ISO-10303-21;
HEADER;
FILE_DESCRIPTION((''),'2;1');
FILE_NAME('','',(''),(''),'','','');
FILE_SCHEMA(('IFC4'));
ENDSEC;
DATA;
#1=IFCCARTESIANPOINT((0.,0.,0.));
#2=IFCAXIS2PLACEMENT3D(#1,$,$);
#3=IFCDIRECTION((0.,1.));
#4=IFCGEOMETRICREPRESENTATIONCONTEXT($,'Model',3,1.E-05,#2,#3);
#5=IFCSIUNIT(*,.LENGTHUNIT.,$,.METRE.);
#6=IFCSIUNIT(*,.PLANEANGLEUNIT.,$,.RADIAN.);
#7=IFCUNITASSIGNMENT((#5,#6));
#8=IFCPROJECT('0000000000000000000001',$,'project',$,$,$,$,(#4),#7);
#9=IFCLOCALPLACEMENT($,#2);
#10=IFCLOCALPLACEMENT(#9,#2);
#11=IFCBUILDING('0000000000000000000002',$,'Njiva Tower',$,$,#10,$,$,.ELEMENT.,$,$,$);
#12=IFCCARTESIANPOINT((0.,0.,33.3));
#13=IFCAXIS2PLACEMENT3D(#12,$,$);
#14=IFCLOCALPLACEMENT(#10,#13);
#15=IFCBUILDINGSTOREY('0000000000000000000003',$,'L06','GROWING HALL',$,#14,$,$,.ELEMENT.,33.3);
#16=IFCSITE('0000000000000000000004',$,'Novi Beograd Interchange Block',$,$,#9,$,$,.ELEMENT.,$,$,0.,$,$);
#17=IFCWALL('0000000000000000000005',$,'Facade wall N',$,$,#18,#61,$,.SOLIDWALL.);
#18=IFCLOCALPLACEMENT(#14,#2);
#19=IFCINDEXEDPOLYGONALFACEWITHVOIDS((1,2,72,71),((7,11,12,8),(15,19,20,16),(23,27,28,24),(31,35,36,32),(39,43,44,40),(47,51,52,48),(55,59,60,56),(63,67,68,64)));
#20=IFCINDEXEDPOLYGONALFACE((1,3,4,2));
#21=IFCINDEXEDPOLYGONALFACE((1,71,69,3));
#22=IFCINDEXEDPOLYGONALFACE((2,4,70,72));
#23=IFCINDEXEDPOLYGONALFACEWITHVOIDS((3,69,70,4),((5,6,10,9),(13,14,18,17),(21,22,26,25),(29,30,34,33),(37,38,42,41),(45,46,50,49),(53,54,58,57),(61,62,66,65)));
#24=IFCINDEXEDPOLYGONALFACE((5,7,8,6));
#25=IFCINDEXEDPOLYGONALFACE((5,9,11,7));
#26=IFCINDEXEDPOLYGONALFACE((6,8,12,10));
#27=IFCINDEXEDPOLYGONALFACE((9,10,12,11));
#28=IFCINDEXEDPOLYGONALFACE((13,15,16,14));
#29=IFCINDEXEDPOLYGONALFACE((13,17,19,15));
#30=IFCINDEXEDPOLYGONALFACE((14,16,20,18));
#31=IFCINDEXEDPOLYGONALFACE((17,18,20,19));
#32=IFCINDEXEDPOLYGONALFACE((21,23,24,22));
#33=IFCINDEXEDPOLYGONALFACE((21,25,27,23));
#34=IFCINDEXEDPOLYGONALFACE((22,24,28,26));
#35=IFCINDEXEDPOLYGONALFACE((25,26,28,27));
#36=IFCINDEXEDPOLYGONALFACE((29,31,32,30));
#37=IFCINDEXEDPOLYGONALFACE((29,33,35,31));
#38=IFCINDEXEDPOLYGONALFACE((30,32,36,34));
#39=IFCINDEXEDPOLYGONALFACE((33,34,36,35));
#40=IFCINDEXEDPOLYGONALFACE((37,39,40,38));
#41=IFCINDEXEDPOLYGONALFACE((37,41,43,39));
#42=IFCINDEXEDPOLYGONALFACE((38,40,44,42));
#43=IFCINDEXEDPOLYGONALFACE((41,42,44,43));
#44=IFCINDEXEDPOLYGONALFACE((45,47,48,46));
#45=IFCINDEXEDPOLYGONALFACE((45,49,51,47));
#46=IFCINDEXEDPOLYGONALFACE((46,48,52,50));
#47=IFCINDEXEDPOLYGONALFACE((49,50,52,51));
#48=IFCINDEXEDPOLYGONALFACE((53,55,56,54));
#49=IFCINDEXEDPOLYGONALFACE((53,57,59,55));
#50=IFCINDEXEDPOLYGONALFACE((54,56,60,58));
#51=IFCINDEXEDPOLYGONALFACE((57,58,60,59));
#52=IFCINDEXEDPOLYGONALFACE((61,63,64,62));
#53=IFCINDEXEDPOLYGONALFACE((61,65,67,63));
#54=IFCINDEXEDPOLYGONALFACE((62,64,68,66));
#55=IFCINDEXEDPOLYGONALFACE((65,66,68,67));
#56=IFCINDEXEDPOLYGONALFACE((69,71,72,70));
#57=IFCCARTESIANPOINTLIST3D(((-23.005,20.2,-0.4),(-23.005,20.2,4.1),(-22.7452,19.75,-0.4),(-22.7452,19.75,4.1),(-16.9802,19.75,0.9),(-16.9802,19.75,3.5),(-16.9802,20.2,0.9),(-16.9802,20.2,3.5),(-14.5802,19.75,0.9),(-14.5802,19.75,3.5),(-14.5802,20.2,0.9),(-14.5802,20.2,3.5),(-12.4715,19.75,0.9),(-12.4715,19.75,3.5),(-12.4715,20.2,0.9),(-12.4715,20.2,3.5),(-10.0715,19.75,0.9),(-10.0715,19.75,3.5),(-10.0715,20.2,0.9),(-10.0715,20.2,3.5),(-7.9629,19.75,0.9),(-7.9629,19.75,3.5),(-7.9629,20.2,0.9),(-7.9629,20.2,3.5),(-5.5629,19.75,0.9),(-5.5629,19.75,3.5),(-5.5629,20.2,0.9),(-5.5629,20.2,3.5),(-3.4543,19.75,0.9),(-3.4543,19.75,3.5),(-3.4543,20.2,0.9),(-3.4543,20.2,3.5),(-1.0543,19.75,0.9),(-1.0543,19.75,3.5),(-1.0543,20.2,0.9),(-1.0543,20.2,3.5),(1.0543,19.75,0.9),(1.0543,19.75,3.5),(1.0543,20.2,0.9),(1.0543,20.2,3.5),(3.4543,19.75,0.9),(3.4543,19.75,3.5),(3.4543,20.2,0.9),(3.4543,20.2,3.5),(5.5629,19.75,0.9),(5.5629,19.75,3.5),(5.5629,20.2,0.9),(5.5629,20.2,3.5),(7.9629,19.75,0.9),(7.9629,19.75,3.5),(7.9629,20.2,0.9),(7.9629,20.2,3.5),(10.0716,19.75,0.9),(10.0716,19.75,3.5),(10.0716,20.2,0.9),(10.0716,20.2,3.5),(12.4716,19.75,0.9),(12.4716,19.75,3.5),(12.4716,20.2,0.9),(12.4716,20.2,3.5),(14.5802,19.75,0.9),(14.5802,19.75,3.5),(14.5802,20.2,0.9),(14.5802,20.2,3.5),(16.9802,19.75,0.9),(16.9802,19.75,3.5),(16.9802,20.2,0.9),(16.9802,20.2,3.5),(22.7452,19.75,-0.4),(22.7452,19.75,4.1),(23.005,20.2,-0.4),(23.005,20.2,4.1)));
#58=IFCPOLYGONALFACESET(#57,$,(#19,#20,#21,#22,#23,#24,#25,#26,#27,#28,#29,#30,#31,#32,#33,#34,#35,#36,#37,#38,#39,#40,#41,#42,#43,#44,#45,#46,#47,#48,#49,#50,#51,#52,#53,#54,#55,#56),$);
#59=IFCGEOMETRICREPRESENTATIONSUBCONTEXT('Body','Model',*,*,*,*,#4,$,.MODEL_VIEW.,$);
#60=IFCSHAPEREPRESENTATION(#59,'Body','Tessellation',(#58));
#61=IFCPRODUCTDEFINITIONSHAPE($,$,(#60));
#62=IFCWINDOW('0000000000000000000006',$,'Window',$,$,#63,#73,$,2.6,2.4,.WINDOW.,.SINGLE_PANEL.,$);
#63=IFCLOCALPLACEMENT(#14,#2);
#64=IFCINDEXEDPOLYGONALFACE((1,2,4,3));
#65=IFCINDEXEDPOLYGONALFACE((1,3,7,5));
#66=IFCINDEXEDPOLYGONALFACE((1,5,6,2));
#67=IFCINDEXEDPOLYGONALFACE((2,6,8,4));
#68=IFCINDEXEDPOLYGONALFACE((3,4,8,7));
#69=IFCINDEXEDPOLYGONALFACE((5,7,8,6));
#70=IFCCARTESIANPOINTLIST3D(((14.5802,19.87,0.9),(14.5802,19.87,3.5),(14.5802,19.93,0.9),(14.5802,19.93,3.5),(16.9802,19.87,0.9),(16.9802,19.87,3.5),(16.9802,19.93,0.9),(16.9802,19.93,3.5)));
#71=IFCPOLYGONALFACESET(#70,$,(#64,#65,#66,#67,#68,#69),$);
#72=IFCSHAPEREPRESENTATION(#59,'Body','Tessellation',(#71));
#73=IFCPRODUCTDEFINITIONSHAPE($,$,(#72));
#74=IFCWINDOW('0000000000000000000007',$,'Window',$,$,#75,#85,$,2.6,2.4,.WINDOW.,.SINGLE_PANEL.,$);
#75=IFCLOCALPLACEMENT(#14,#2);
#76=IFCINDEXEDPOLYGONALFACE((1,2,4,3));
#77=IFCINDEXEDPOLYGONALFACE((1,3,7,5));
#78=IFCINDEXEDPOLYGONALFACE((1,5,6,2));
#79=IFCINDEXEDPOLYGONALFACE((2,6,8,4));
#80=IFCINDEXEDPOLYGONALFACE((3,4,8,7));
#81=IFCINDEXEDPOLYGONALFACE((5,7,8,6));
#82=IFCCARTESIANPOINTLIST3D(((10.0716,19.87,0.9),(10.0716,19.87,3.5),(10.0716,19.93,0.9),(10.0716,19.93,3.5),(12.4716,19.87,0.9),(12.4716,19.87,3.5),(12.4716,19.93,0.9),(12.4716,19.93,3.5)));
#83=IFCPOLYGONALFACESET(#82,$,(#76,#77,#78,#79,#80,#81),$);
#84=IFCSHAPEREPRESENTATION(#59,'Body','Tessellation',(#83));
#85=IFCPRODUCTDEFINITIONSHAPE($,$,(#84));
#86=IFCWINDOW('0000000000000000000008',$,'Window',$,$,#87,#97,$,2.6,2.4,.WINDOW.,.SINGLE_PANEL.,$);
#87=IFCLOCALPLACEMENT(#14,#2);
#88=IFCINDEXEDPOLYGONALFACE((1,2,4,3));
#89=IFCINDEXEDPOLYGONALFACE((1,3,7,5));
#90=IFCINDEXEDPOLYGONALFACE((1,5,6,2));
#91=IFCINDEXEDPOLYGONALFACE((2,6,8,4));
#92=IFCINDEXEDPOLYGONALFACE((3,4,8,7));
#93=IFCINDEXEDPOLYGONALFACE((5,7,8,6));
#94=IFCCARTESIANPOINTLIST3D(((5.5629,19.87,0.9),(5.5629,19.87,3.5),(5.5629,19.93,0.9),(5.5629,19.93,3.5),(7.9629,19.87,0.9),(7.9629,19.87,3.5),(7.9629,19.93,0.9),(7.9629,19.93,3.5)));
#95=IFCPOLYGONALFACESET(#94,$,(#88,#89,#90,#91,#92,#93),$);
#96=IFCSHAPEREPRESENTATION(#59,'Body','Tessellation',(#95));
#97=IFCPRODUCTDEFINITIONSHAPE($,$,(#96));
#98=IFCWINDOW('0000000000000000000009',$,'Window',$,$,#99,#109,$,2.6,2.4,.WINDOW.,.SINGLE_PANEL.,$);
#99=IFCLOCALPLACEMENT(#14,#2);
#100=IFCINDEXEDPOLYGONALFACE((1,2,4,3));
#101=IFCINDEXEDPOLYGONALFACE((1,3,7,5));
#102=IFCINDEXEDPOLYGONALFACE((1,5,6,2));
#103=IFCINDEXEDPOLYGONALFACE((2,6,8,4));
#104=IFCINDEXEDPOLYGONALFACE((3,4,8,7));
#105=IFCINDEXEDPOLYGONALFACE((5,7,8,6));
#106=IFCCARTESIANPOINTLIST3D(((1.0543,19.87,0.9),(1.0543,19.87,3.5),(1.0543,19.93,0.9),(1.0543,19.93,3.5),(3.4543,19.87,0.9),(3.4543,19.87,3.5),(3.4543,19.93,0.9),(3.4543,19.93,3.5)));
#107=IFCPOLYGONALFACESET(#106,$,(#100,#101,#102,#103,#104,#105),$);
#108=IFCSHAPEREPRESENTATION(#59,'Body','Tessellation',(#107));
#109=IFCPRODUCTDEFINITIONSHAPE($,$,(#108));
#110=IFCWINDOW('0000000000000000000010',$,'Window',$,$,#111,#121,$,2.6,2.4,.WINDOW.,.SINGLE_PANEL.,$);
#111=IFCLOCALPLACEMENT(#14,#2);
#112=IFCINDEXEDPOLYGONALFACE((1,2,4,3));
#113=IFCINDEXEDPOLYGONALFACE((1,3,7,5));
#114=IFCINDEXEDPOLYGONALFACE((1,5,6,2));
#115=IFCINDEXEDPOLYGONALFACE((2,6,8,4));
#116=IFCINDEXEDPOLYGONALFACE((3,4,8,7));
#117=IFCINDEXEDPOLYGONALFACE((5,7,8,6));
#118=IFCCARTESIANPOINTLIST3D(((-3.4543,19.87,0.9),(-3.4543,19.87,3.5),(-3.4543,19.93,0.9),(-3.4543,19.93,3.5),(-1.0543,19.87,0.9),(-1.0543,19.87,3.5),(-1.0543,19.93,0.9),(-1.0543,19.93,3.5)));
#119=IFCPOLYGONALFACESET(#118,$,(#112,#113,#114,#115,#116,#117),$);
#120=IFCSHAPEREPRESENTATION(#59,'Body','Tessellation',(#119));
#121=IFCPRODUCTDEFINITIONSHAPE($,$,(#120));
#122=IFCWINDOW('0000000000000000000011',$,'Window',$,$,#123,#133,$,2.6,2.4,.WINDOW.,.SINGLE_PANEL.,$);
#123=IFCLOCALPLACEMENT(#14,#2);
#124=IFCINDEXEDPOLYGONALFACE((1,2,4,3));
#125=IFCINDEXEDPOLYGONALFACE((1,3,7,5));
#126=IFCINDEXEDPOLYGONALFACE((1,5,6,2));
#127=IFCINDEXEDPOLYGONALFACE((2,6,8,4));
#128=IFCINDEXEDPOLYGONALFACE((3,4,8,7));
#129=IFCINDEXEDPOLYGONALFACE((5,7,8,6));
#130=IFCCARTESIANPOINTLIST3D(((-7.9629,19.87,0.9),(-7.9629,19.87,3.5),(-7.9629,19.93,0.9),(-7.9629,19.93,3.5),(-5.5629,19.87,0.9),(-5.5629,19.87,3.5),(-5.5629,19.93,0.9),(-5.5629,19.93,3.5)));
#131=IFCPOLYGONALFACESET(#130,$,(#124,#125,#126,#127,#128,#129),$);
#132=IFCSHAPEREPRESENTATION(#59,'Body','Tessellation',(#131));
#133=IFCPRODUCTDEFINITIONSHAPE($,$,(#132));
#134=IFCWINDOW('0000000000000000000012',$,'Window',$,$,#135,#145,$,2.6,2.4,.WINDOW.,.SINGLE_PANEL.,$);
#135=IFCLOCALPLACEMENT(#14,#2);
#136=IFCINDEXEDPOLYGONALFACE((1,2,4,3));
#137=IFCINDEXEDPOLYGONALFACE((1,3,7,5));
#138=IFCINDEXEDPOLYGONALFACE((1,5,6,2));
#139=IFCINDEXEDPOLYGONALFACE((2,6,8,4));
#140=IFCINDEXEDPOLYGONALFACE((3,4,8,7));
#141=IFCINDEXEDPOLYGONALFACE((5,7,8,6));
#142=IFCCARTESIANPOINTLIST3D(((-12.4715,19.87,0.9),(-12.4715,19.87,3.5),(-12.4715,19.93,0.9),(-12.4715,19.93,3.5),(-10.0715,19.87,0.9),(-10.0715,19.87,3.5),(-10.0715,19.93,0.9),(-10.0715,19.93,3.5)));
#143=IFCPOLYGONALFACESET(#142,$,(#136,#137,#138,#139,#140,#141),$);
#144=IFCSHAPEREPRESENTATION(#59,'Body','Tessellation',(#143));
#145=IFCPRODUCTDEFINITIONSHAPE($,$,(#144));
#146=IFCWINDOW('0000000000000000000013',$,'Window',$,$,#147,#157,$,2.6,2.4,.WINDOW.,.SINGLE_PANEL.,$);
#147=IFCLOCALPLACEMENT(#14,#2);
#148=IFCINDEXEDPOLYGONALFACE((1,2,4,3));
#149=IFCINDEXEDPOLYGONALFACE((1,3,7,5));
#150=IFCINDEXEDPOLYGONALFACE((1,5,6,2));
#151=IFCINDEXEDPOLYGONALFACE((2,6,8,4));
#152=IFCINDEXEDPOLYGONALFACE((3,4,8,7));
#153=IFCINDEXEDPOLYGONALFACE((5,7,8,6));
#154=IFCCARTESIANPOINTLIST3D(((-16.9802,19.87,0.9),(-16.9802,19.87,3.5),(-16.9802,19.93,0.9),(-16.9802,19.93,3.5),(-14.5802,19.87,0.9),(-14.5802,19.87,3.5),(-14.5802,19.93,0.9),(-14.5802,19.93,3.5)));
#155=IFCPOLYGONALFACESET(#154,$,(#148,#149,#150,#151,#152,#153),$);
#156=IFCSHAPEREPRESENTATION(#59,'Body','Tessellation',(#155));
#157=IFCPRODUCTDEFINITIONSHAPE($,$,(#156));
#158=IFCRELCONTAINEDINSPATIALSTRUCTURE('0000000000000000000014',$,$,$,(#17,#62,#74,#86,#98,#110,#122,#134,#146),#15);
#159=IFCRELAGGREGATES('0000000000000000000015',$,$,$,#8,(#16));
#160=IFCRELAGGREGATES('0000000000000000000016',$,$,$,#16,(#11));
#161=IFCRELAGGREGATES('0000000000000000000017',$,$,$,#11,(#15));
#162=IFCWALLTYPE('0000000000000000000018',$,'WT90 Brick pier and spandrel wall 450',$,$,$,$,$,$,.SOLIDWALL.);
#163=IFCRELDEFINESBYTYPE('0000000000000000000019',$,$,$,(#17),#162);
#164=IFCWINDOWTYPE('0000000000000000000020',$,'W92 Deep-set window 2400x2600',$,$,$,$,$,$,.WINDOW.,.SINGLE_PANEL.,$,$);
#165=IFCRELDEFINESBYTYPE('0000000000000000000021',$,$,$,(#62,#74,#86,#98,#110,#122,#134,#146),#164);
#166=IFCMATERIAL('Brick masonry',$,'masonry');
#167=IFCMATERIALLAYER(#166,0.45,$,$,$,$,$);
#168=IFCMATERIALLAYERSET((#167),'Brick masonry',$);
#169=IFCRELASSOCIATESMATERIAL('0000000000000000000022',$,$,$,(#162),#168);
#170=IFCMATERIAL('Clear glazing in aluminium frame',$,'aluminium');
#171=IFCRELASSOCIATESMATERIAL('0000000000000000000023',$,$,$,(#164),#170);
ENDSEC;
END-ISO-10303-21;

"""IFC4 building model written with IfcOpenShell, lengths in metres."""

from ifc_helpers import new_model, si_unit, direction, frame, frame_2d, origin, place, context, subcontext, project, spatial, polyline, rectangle, outline, extrude, material, layer, layer_set, type_object, element, fill, save


model = new_model("IFC4")

# Units and contexts
model_context = context("Model", 3, precision=1e-05, world=origin(), true_north=direction((0.0, 1.0)))
body_context = subcontext(model_context, "Body", "Model", "MODEL_VIEW")
ifc_project = project(units=[si_unit("LENGTHUNIT", "METRE"), si_unit("PLANEANGLEUNIT", "RADIAN")], contexts=[model_context])

# Site, building, storey
site_placement = place(None, origin())
site = spatial("IfcSite", under=ifc_project, at=site_placement, Name="Novi Beograd Interchange Block", CompositionType="ELEMENT", RefElevation=0.0)
building_placement = place(site_placement, origin())
building = spatial("IfcBuilding", under=site, at=building_placement, Name="Njiva Tower", CompositionType="ELEMENT")
storey_placement = place(building_placement, frame((0.0, 0.0, 33.3)))
storey = spatial("IfcBuildingStorey", under=building, at=storey_placement, Name="L06", Description="GROWING HALL", CompositionType="ELEMENT", Elevation=33.3)

# Wall, openings, windows
ifc_material_1 = material(Name="Brick masonry", Category="masonry")
ifc_layer_1 = layer(ifc_material_1, 0.45)
ifc_layer_set_1 = layer_set([ifc_layer_1], Name="Brick masonry")
wall_type_1 = type_object("IfcWallType", Name="WT90 Brick pier and spandrel wall 450", PredefinedType="SOLIDWALL", material=ifc_layer_set_1)
wall_1_placement = place(storey_placement, frame((22.8751, 19.975, -0.4), z_axis=(0.0, 0.0, 1.0), x_axis=(-1.0, 0.0, 0.0)))
wall_1 = element("IfcWall", 1, at=wall_1_placement, inside=storey, type_object=wall_type_1, Name="Facade wall N", PredefinedType="SOLIDWALL", context=body_context, shape_type="SweptSolid", body=[
    extrude(outline(polyline([(-0.1299, -0.225), (45.8801, -0.225), (45.6203, 0.225), (0.1299, 0.225), (-0.1299, -0.225)])), origin(), (0.0, 0.0, 1.0), 4.5),
])
opening_1_placement = place(wall_1_placement, frame((5.8949, 0.0, 1.3)))
opening_1 = element("IfcOpeningElement", 2, at=opening_1_placement, cuts=wall_1, PredefinedType="OPENING", context=body_context, shape_type="SweptSolid", body=[
    extrude(rectangle(XDim=2.4, YDim=2.6, at=frame_2d((1.2, 1.3))), frame((0.0, 0.235, 0.0), z_axis=(0.0, -1.0, 0.0), x_axis=(1.0, 0.0, 0.0)), (0.0, 0.0, 1.0), 0.47),
])
opening_2_placement = place(wall_1_placement, frame((10.4035, 0.0, 1.3)))
opening_2 = element("IfcOpeningElement", 3, at=opening_2_placement, cuts=wall_1, PredefinedType="OPENING", context=body_context, shape_type="SweptSolid", body=[
    extrude(rectangle(XDim=2.4, YDim=2.6, at=frame_2d((1.2, 1.3))), frame((0.0, 0.235, 0.0), z_axis=(0.0, -1.0, 0.0), x_axis=(1.0, 0.0, 0.0)), (0.0, 0.0, 1.0), 0.47),
])
opening_3_placement = place(wall_1_placement, frame((14.9122, 0.0, 1.3)))
opening_3 = element("IfcOpeningElement", 4, at=opening_3_placement, cuts=wall_1, PredefinedType="OPENING", context=body_context, shape_type="SweptSolid", body=[
    extrude(rectangle(XDim=2.4, YDim=2.6, at=frame_2d((1.2, 1.3))), frame((0.0, 0.235, 0.0), z_axis=(0.0, -1.0, 0.0), x_axis=(1.0, 0.0, 0.0)), (0.0, 0.0, 1.0), 0.47),
])
opening_4_placement = place(wall_1_placement, frame((19.4208, 0.0, 1.3)))
opening_4 = element("IfcOpeningElement", 5, at=opening_4_placement, cuts=wall_1, PredefinedType="OPENING", context=body_context, shape_type="SweptSolid", body=[
    extrude(rectangle(XDim=2.4, YDim=2.6, at=frame_2d((1.2, 1.3))), frame((0.0, 0.235, 0.0), z_axis=(0.0, -1.0, 0.0), x_axis=(1.0, 0.0, 0.0)), (0.0, 0.0, 1.0), 0.47),
])
opening_5_placement = place(wall_1_placement, frame((23.9294, 0.0, 1.3)))
opening_5 = element("IfcOpeningElement", 6, at=opening_5_placement, cuts=wall_1, PredefinedType="OPENING", context=body_context, shape_type="SweptSolid", body=[
    extrude(rectangle(XDim=2.4, YDim=2.6, at=frame_2d((1.2, 1.3))), frame((0.0, 0.235, 0.0), z_axis=(0.0, -1.0, 0.0), x_axis=(1.0, 0.0, 0.0)), (0.0, 0.0, 1.0), 0.47),
])
opening_6_placement = place(wall_1_placement, frame((28.438, 0.0, 1.3)))
opening_6 = element("IfcOpeningElement", 7, at=opening_6_placement, cuts=wall_1, PredefinedType="OPENING", context=body_context, shape_type="SweptSolid", body=[
    extrude(rectangle(XDim=2.4, YDim=2.6, at=frame_2d((1.2, 1.3))), frame((0.0, 0.235, 0.0), z_axis=(0.0, -1.0, 0.0), x_axis=(1.0, 0.0, 0.0)), (0.0, 0.0, 1.0), 0.47),
])
opening_7_placement = place(wall_1_placement, frame((32.9466, 0.0, 1.3)))
opening_7 = element("IfcOpeningElement", 8, at=opening_7_placement, cuts=wall_1, PredefinedType="OPENING", context=body_context, shape_type="SweptSolid", body=[
    extrude(rectangle(XDim=2.4, YDim=2.6, at=frame_2d((1.2, 1.3))), frame((0.0, 0.235, 0.0), z_axis=(0.0, -1.0, 0.0), x_axis=(1.0, 0.0, 0.0)), (0.0, 0.0, 1.0), 0.47),
])
opening_8_placement = place(wall_1_placement, frame((37.4553, 0.0, 1.3)))
opening_8 = element("IfcOpeningElement", 9, at=opening_8_placement, cuts=wall_1, PredefinedType="OPENING", context=body_context, shape_type="SweptSolid", body=[
    extrude(rectangle(XDim=2.4, YDim=2.6, at=frame_2d((1.2, 1.3))), frame((0.0, 0.235, 0.0), z_axis=(0.0, -1.0, 0.0), x_axis=(1.0, 0.0, 0.0)), (0.0, 0.0, 1.0), 0.47),
])
ifc_material_2 = material(Name="Clear glazing in aluminium frame", Category="aluminium")
window_type = type_object("IfcWindowType", Name="W92 Deep-set window 2400x2600", PartitioningType="SINGLE_PANEL", PredefinedType="WINDOW", material=ifc_material_2)
window_1_placement = place(opening_1_placement, origin())
window_1 = element("IfcWindow", 10, at=window_1_placement, inside=storey, type_object=window_type, Name="Window", OverallHeight=2.6, OverallWidth=2.4, PartitioningType="SINGLE_PANEL", PredefinedType="WINDOW", context=body_context, shape_type="SweptSolid", body=[
    extrude(rectangle(XDim=2.4, YDim=2.6, at=frame_2d((1.2, 1.3))), frame((0.0, 0.105, 0.0), z_axis=(0.0, -1.0, 0.0), x_axis=(1.0, 0.0, 0.0)), (0.0, 0.0, 1.0), 0.06),
])
fill(opening_1, window_1)
window_2_placement = place(opening_2_placement, origin())
window_2 = element("IfcWindow", 11, at=window_2_placement, inside=storey, type_object=window_type, Name="Window", OverallHeight=2.6, OverallWidth=2.4, PartitioningType="SINGLE_PANEL", PredefinedType="WINDOW", context=body_context, shape_type="SweptSolid", body=[
    extrude(rectangle(XDim=2.4, YDim=2.6, at=frame_2d((1.2, 1.3))), frame((0.0, 0.105, 0.0), z_axis=(0.0, -1.0, 0.0), x_axis=(1.0, 0.0, 0.0)), (0.0, 0.0, 1.0), 0.06),
])
fill(opening_2, window_2)
window_3_placement = place(opening_3_placement, origin())
window_3 = element("IfcWindow", 12, at=window_3_placement, inside=storey, type_object=window_type, Name="Window", OverallHeight=2.6, OverallWidth=2.4, PartitioningType="SINGLE_PANEL", PredefinedType="WINDOW", context=body_context, shape_type="SweptSolid", body=[
    extrude(rectangle(XDim=2.4, YDim=2.6, at=frame_2d((1.2, 1.3))), frame((0.0, 0.105, 0.0), z_axis=(0.0, -1.0, 0.0), x_axis=(1.0, 0.0, 0.0)), (0.0, 0.0, 1.0), 0.06),
])
fill(opening_3, window_3)
window_4_placement = place(opening_4_placement, origin())
window_4 = element("IfcWindow", 13, at=window_4_placement, inside=storey, type_object=window_type, Name="Window", OverallHeight=2.6, OverallWidth=2.4, PartitioningType="SINGLE_PANEL", PredefinedType="WINDOW", context=body_context, shape_type="SweptSolid", body=[
    extrude(rectangle(XDim=2.4, YDim=2.6, at=frame_2d((1.2, 1.3))), frame((0.0, 0.105, 0.0), z_axis=(0.0, -1.0, 0.0), x_axis=(1.0, 0.0, 0.0)), (0.0, 0.0, 1.0), 0.06),
])
fill(opening_4, window_4)
window_5_placement = place(opening_5_placement, origin())
window_5 = element("IfcWindow", 14, at=window_5_placement, inside=storey, type_object=window_type, Name="Window", OverallHeight=2.6, OverallWidth=2.4, PartitioningType="SINGLE_PANEL", PredefinedType="WINDOW", context=body_context, shape_type="SweptSolid", body=[
    extrude(rectangle(XDim=2.4, YDim=2.6, at=frame_2d((1.2, 1.3))), frame((0.0, 0.105, 0.0), z_axis=(0.0, -1.0, 0.0), x_axis=(1.0, 0.0, 0.0)), (0.0, 0.0, 1.0), 0.06),
])
fill(opening_5, window_5)
window_6_placement = place(opening_6_placement, origin())
window_6 = element("IfcWindow", 15, at=window_6_placement, inside=storey, type_object=window_type, Name="Window", OverallHeight=2.6, OverallWidth=2.4, PartitioningType="SINGLE_PANEL", PredefinedType="WINDOW", context=body_context, shape_type="SweptSolid", body=[
    extrude(rectangle(XDim=2.4, YDim=2.6, at=frame_2d((1.2, 1.3))), frame((0.0, 0.105, 0.0), z_axis=(0.0, -1.0, 0.0), x_axis=(1.0, 0.0, 0.0)), (0.0, 0.0, 1.0), 0.06),
])
fill(opening_6, window_6)
window_7_placement = place(opening_7_placement, origin())
window_7 = element("IfcWindow", 16, at=window_7_placement, inside=storey, type_object=window_type, Name="Window", OverallHeight=2.6, OverallWidth=2.4, PartitioningType="SINGLE_PANEL", PredefinedType="WINDOW", context=body_context, shape_type="SweptSolid", body=[
    extrude(rectangle(XDim=2.4, YDim=2.6, at=frame_2d((1.2, 1.3))), frame((0.0, 0.105, 0.0), z_axis=(0.0, -1.0, 0.0), x_axis=(1.0, 0.0, 0.0)), (0.0, 0.0, 1.0), 0.06),
])
fill(opening_7, window_7)
window_8_placement = place(opening_8_placement, origin())
window_8 = element("IfcWindow", 17, at=window_8_placement, inside=storey, type_object=window_type, Name="Window", OverallHeight=2.6, OverallWidth=2.4, PartitioningType="SINGLE_PANEL", PredefinedType="WINDOW", context=body_context, shape_type="SweptSolid", body=[
    extrude(rectangle(XDim=2.4, YDim=2.6, at=frame_2d((1.2, 1.3))), frame((0.0, 0.105, 0.0), z_axis=(0.0, -1.0, 0.0), x_axis=(1.0, 0.0, 0.0)), (0.0, 0.0, 1.0), 0.06),
])
fill(opening_8, window_8)

save(model, "model.ifc")
